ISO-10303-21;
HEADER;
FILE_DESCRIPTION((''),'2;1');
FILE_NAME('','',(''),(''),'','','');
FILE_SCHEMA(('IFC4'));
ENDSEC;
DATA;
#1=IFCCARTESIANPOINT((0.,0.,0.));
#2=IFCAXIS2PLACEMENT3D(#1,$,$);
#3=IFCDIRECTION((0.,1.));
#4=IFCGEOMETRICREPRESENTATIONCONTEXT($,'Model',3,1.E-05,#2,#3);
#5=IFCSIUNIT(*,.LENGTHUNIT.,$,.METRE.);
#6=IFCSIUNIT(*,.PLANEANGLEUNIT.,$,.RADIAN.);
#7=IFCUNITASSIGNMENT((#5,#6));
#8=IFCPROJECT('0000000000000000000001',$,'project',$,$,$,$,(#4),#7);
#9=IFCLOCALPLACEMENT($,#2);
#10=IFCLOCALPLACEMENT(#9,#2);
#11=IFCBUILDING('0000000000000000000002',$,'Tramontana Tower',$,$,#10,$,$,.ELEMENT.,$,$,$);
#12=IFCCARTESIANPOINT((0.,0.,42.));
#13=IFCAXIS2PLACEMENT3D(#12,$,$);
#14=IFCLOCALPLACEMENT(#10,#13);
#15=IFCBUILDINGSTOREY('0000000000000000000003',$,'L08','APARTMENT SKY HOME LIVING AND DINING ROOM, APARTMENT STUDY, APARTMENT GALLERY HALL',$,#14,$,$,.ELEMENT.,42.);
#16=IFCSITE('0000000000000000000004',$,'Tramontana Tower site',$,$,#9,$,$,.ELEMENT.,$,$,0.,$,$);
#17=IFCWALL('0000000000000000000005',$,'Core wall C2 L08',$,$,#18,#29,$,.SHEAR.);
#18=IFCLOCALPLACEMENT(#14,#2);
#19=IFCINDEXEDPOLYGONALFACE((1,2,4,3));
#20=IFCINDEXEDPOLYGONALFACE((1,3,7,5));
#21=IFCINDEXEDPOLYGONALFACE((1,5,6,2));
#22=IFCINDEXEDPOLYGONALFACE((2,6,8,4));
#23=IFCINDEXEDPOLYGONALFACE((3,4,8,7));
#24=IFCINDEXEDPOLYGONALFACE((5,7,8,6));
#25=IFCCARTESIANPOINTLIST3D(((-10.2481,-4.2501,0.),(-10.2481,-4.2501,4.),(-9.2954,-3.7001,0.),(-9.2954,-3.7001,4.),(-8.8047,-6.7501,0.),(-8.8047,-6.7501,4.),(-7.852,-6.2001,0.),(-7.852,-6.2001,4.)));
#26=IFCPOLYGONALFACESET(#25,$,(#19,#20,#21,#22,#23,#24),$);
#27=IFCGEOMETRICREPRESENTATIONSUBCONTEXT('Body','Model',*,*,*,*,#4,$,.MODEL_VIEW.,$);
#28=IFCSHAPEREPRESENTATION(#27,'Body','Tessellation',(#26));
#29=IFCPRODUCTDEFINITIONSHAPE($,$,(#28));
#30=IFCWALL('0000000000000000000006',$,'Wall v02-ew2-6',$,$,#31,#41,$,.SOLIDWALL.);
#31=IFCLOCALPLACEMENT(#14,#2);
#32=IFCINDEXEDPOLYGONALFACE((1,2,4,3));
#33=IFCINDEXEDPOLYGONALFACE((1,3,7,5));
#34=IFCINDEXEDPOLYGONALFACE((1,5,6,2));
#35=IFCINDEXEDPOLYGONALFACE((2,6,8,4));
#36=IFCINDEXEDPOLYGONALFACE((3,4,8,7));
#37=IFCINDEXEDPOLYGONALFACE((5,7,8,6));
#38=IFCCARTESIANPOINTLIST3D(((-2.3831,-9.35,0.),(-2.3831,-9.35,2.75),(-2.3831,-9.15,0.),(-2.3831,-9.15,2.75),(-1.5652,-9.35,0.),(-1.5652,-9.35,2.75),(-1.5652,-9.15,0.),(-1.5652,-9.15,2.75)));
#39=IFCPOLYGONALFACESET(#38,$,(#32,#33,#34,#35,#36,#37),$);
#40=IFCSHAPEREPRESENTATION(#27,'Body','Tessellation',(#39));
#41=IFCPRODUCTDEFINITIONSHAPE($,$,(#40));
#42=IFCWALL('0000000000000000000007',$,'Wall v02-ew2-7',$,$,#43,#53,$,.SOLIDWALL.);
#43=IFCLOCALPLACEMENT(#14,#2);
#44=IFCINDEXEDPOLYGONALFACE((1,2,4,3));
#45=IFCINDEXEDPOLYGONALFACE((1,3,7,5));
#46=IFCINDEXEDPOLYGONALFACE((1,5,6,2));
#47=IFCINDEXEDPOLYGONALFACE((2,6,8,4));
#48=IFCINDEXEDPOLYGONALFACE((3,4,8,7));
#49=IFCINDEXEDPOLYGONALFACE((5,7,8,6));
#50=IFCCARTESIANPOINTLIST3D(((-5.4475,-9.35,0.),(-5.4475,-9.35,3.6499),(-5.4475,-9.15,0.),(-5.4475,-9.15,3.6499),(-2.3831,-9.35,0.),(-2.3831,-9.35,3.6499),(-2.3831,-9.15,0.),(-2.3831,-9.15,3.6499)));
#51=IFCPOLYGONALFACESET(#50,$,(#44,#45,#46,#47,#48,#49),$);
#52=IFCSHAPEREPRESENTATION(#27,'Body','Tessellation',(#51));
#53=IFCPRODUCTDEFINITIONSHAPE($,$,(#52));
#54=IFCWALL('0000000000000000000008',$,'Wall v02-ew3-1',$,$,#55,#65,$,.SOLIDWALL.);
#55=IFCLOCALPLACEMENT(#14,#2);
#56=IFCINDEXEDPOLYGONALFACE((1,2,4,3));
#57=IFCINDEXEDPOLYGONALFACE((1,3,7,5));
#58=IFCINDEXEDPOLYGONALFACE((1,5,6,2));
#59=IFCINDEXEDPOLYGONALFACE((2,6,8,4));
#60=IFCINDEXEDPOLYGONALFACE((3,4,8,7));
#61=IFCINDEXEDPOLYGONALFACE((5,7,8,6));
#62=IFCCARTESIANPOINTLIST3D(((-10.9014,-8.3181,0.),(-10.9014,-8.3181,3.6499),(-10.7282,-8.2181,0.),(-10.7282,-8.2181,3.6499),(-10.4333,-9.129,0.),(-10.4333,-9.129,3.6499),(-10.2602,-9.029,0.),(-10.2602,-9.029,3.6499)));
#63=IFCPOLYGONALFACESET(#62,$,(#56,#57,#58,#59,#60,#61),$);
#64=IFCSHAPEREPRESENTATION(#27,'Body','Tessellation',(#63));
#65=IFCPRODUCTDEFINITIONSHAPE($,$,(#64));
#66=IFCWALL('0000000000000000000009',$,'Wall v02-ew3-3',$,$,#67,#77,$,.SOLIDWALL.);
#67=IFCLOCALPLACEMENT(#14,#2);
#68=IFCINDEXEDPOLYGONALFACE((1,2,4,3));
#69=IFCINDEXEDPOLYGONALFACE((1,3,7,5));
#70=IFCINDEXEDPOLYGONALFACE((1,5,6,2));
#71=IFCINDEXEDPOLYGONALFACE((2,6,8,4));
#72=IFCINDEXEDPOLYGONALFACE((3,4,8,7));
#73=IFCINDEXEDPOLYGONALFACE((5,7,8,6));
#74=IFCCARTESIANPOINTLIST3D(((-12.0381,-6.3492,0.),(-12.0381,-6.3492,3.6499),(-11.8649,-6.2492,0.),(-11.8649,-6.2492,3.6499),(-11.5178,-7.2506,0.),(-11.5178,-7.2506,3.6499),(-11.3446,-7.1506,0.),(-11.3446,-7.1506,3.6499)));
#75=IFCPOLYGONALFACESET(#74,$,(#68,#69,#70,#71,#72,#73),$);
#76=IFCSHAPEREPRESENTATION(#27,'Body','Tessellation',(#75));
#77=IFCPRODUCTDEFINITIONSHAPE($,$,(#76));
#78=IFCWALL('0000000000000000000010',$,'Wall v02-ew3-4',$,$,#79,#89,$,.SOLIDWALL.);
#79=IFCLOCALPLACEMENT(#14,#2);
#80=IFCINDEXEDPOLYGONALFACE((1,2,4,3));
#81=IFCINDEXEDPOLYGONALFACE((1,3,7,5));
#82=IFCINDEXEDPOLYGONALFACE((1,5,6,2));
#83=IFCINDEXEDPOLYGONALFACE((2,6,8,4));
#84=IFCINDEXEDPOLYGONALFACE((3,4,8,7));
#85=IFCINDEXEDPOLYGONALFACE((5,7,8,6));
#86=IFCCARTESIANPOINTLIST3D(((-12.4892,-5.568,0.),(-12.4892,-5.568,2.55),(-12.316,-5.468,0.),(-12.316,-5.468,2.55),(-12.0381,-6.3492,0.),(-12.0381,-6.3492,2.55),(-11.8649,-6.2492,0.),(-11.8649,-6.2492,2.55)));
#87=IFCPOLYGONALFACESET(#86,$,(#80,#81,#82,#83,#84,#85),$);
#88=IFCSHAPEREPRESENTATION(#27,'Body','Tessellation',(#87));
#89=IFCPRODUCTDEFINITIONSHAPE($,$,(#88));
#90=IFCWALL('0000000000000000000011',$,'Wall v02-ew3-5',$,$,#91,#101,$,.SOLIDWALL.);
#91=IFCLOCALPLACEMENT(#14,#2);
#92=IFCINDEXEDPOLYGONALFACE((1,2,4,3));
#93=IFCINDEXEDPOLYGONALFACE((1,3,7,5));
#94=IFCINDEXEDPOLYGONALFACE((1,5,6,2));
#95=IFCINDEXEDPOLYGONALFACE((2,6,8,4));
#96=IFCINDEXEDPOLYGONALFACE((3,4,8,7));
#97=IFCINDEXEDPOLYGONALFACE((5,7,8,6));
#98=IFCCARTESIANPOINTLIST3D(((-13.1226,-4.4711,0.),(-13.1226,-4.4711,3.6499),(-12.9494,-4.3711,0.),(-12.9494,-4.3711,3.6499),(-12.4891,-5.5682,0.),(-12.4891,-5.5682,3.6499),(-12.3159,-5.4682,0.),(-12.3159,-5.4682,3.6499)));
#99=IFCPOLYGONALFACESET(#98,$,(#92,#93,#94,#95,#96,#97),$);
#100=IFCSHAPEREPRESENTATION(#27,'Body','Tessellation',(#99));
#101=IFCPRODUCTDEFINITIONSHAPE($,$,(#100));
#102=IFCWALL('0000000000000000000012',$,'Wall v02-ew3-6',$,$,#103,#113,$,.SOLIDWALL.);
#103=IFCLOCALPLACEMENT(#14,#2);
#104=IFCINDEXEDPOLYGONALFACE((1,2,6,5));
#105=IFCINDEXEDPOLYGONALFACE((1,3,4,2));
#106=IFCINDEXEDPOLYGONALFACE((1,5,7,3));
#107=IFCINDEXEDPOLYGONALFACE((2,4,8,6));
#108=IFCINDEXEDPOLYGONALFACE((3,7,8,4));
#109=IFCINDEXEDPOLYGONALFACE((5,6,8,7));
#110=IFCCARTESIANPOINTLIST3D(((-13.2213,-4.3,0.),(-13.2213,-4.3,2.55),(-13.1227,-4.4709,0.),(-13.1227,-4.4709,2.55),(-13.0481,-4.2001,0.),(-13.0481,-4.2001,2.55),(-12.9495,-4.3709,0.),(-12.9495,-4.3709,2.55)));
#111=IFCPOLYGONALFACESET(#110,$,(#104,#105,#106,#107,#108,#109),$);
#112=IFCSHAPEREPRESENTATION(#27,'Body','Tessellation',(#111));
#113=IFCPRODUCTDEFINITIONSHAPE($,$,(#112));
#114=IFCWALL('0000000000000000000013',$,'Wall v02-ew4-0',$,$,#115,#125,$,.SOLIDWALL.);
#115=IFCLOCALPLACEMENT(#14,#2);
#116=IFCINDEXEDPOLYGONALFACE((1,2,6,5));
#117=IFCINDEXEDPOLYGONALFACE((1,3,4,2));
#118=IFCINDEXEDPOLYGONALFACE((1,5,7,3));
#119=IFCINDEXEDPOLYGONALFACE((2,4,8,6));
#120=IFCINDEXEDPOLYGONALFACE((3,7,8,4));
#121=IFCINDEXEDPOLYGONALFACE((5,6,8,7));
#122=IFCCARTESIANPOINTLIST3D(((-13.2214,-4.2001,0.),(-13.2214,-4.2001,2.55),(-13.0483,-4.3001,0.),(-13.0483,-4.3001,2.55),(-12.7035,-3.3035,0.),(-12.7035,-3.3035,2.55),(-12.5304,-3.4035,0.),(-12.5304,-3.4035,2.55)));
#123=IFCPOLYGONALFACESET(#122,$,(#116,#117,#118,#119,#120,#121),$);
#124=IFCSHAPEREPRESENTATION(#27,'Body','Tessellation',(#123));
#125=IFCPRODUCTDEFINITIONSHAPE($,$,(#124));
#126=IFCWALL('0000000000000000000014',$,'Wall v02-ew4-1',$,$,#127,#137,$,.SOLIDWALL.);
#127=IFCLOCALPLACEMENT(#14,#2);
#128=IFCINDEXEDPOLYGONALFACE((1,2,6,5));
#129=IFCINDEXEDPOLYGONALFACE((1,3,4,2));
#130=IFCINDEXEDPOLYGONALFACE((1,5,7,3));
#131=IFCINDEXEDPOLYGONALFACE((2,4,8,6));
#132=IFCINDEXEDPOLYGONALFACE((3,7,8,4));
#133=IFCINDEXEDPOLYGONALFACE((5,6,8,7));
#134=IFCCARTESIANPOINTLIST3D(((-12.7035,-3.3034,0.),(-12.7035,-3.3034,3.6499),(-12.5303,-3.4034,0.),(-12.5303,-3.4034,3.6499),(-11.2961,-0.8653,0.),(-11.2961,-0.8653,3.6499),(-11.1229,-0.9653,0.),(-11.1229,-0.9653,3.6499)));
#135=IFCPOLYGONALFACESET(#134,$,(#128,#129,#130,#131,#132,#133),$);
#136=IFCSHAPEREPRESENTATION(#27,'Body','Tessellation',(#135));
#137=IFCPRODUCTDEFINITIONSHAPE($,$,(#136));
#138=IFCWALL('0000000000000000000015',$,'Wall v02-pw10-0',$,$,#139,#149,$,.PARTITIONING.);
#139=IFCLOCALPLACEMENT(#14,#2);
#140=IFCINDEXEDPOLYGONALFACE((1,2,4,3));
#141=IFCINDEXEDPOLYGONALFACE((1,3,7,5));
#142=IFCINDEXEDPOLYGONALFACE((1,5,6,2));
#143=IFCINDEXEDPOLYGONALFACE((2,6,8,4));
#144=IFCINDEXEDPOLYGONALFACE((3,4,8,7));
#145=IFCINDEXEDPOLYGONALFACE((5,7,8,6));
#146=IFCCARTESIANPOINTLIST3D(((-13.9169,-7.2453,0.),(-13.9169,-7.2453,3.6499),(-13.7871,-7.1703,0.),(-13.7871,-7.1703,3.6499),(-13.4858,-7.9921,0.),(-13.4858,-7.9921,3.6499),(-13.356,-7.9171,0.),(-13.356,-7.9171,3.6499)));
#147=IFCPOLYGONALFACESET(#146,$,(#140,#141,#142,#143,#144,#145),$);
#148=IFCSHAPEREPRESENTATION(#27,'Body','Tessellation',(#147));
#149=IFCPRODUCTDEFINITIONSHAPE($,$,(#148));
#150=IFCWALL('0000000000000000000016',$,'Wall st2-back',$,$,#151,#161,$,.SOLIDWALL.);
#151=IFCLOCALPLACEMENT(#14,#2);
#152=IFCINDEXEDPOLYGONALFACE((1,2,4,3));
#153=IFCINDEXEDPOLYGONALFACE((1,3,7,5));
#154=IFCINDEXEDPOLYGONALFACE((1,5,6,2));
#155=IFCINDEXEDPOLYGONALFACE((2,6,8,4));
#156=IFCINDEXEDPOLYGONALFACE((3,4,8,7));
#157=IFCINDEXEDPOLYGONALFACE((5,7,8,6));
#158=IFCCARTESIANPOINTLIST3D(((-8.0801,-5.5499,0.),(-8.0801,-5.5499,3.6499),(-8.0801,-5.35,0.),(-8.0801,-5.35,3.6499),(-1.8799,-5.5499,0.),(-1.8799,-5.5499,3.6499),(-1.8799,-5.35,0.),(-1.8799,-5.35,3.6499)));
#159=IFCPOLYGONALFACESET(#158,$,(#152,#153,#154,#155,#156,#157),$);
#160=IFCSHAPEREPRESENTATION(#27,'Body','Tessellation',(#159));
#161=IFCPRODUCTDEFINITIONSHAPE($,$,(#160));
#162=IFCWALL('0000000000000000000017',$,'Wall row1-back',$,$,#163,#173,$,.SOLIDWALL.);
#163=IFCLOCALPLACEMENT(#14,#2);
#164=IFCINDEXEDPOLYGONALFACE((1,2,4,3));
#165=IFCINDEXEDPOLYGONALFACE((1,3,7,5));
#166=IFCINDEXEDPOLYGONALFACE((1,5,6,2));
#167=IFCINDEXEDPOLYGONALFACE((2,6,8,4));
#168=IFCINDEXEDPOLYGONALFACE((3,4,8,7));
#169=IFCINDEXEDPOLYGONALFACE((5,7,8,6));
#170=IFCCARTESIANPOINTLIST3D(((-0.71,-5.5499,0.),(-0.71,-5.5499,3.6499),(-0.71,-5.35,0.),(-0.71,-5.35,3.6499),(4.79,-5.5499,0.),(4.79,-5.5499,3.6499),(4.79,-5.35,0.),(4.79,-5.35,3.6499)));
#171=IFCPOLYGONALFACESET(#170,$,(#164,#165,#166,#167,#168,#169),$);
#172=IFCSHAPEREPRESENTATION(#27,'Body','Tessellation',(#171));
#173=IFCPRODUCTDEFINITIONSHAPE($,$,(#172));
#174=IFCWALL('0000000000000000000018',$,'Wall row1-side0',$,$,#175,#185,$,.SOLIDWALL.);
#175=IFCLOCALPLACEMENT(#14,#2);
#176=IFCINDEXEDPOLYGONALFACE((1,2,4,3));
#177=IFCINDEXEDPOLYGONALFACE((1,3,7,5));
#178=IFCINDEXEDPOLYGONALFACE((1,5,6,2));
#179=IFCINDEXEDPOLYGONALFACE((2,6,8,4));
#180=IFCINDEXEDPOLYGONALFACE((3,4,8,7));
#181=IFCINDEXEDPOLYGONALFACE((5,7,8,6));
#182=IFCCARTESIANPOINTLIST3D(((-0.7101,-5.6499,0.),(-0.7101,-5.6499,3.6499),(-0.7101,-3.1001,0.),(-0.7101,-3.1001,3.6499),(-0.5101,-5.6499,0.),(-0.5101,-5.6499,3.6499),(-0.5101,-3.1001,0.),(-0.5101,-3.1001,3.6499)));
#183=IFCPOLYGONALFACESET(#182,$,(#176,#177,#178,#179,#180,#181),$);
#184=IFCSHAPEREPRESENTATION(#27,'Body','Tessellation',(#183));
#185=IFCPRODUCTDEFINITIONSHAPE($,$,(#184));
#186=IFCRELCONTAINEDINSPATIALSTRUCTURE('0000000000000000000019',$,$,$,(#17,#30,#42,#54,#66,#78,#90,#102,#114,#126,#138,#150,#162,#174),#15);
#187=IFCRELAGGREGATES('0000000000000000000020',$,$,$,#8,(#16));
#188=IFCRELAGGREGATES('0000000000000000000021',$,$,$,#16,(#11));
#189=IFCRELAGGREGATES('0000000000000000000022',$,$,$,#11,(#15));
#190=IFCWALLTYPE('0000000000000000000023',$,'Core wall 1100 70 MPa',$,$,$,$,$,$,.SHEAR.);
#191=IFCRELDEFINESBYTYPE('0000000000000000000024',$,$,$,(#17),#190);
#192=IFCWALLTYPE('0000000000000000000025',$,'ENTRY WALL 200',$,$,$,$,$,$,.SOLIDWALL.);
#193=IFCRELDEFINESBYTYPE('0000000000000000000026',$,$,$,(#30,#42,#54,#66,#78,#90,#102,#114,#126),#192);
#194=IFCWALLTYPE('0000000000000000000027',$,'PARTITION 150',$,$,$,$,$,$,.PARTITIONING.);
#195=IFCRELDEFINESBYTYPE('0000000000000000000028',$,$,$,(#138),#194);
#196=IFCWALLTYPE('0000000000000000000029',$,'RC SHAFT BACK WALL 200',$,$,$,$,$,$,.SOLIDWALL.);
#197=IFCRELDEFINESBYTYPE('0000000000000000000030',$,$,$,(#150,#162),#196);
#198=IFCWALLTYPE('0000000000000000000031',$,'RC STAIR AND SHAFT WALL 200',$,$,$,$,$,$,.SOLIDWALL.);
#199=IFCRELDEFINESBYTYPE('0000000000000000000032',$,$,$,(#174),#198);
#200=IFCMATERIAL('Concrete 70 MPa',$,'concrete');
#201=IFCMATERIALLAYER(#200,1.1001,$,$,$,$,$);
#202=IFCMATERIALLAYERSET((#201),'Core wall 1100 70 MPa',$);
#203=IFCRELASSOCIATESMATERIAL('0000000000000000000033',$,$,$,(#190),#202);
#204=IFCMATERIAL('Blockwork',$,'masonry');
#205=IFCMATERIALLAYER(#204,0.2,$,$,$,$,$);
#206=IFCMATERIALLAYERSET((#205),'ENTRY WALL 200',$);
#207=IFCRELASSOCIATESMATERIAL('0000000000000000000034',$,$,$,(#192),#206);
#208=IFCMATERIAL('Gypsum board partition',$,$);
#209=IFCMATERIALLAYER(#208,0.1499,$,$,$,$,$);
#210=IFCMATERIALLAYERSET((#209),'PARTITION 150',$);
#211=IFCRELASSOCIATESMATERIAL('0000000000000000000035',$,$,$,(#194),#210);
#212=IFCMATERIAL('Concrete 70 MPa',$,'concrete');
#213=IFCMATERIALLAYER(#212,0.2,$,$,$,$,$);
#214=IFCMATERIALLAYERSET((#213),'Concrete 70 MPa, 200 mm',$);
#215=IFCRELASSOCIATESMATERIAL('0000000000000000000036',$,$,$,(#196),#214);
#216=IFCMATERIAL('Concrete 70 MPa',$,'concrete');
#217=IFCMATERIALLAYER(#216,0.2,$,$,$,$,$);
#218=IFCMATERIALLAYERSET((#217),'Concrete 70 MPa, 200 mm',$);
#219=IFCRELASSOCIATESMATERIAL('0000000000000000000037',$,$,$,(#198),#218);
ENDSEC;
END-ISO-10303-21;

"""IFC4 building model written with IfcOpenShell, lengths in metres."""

from ifc_helpers import new_model, si_unit, direction, frame, frame_2d, origin, place, context, subcontext, project, spatial, rectangle, extrude, material, layer, layer_set, type_object, element, save


model = new_model("IFC4")

# Units and contexts
model_context = context("Model", 3, precision=1e-05, world=origin(), true_north=direction((0.0, 1.0)))
body_context = subcontext(model_context, "Body", "Model", "MODEL_VIEW")
ifc_project = project(units=[si_unit("LENGTHUNIT", "METRE"), si_unit("PLANEANGLEUNIT", "RADIAN")], contexts=[model_context])

# Site, building, storey
site_placement = place(None, origin())
site = spatial("IfcSite", under=ifc_project, at=site_placement, Name="Tramontana Tower site", CompositionType="ELEMENT", RefElevation=0.0)
building_placement = place(site_placement, origin())
building = spatial("IfcBuilding", under=site, at=building_placement, Name="Tramontana Tower", CompositionType="ELEMENT")
storey_placement = place(building_placement, frame((0.0, 0.0, 42.0)))
storey = spatial("IfcBuildingStorey", under=building, at=storey_placement, Name="L08", Description="APARTMENT SKY HOME LIVING AND DINING ROOM, APARTMENT STUDY, APARTMENT GALLERY HALL", CompositionType="ELEMENT", Elevation=42.0)

# Wall
ifc_material_1 = material(Name="Concrete 70 MPa", Category="concrete")
ifc_layer_1 = layer(ifc_material_1, 1.1001)
ifc_layer_set_1 = layer_set([ifc_layer_1], Name="Core wall 1100 70 MPa")
wall_type_1 = type_object("IfcWallType", Name="Core wall 1100 70 MPa", PredefinedType="SHEAR", material=ifc_layer_set_1)
wall_1_placement = place(storey_placement, frame((-9.7717, -3.9751, 0.0), z_axis=(0.0, 0.0, 1.0), x_axis=(0.499996, -0.866028, 0.0)))
element("IfcWall", 1, at=wall_1_placement, inside=storey, type_object=wall_type_1, Name="Core wall C2 L08", PredefinedType="SHEAR", context=body_context, shape_type="SweptSolid", body=[
    extrude(rectangle(XDim=2.8867, YDim=1.1001, at=frame_2d((1.4434, 0.0))), origin(), (0.0, 0.0, 1.0), 4.0),
])

# Walls
ifc_material_2 = material(Name="Blockwork", Category="masonry")
ifc_layer_2 = layer(ifc_material_2, 0.2)
ifc_layer_set_2 = layer_set([ifc_layer_2], Name="ENTRY WALL 200")
wall_type_2 = type_object("IfcWallType", Name="ENTRY WALL 200", PredefinedType="SOLIDWALL", material=ifc_layer_set_2)
wall_2_placement = place(storey_placement, frame((-1.5652, -9.25, 0.0), z_axis=(0.0, 0.0, 1.0), x_axis=(-1.0, 0.0, 0.0)))
element("IfcWall", 2, at=wall_2_placement, inside=storey, type_object=wall_type_2, Name="Wall v02-ew2-6", PredefinedType="SOLIDWALL", context=body_context, shape_type="SweptSolid", body=[
    extrude(rectangle(XDim=0.8179, YDim=0.2, at=frame_2d((0.4089, 0.0))), origin(), (0.0, 0.0, 1.0), 2.75),
])
wall_3_placement = place(storey_placement, frame((-2.3831, -9.25, 0.0), z_axis=(0.0, 0.0, 1.0), x_axis=(-1.0, 0.0, 0.0)))
element("IfcWall", 3, at=wall_3_placement, inside=storey, type_object=wall_type_2, Name="Wall v02-ew2-7", PredefinedType="SOLIDWALL", context=body_context, shape_type="SweptSolid", body=[
    extrude(rectangle(XDim=3.0645, YDim=0.2, at=frame_2d((1.5322, 0.0))), origin(), (0.0, 0.0, 1.0), 3.6499),
])
wall_4_placement = place(storey_placement, frame((-10.3467, -9.0791, 0.0), z_axis=(0.0, 0.0, 1.0), x_axis=(-0.499926, 0.866068, 0.0)))
element("IfcWall", 4, at=wall_4_placement, inside=storey, type_object=wall_type_2, Name="Wall v02-ew3-1", PredefinedType="SOLIDWALL", context=body_context, shape_type="SweptSolid", body=[
    extrude(rectangle(XDim=0.9363, YDim=0.2, at=frame_2d((0.4683, 0.0))), origin(), (0.0, 0.0, 1.0), 3.6499),
])

# Walls
wall_5_placement = place(storey_placement, frame((-11.4312, -7.2007, 0.0), z_axis=(0.0, 0.0, 1.0), x_axis=(-0.499898, 0.866084, 0.0)))
element("IfcWall", 5, at=wall_5_placement, inside=storey, type_object=wall_type_2, Name="Wall v02-ew3-3", PredefinedType="SOLIDWALL", context=body_context, shape_type="SweptSolid", body=[
    extrude(rectangle(XDim=1.0408, YDim=0.2, at=frame_2d((0.5205, 0.0))), origin(), (0.0, 0.0, 1.0), 3.6499),
])
wall_6_placement = place(storey_placement, frame((-11.9514, -6.2993, 0.0), z_axis=(0.0, 0.0, 1.0), x_axis=(-0.500097, 0.865969, 0.0)))
element("IfcWall", 6, at=wall_6_placement, inside=storey, type_object=wall_type_2, Name="Wall v02-ew3-4", PredefinedType="SOLIDWALL", context=body_context, shape_type="SweptSolid", body=[
    extrude(rectangle(XDim=0.9021, YDim=0.2, at=frame_2d((0.4512, 0.0))), origin(), (0.0, 0.0, 1.0), 2.55),
])
wall_7_placement = place(storey_placement, frame((-12.4026, -5.5181, 0.0), z_axis=(0.0, 0.0, 1.0), x_axis=(-0.500056, 0.865993, 0.0)))
element("IfcWall", 7, at=wall_7_placement, inside=storey, type_object=wall_type_2, Name="Wall v02-ew3-5", PredefinedType="SOLIDWALL", context=body_context, shape_type="SweptSolid", body=[
    extrude(rectangle(XDim=1.2668, YDim=0.2, at=frame_2d((0.6333, 0.0))), origin(), (0.0, 0.0, 1.0), 3.6499),
])
wall_8_placement = place(storey_placement, frame((-13.0361, -4.4209, 0.0), z_axis=(0.0, 0.0, 1.0), x_axis=(-0.499865, 0.866103, 0.0)))
element("IfcWall", 8, at=wall_8_placement, inside=storey, type_object=wall_type_2, Name="Wall v02-ew3-6", PredefinedType="SOLIDWALL", context=body_context, shape_type="SweptSolid", body=[
    extrude(rectangle(XDim=0.1973, YDim=0.2, at=frame_2d((0.0986, 0.0))), origin(), (0.0, 0.0, 1.0), 2.55),
])
wall_9_placement = place(storey_placement, frame((-13.1348, -4.25, 0.0), z_axis=(0.0, 0.0, 1.0), x_axis=(0.500172, 0.865926, 0.0)))
element("IfcWall", 9, at=wall_9_placement, inside=storey, type_object=wall_type_2, Name="Wall v02-ew4-0", PredefinedType="SOLIDWALL", context=body_context, shape_type="SweptSolid", body=[
    extrude(rectangle(XDim=1.0354, YDim=0.2, at=frame_2d((0.5176, 0.0))), origin(), (0.0, 0.0, 1.0), 2.55),
])
wall_10_placement = place(storey_placement, frame((-12.6169, -3.3535, 0.0), z_axis=(0.0, 0.0, 1.0), x_axis=(0.499935, 0.866063, 0.0)))
element("IfcWall", 10, at=wall_10_placement, inside=storey, type_object=wall_type_2, Name="Wall v02-ew4-1", PredefinedType="SOLIDWALL", context=body_context, shape_type="SweptSolid", body=[
    extrude(rectangle(XDim=2.8152, YDim=0.2, at=frame_2d((1.4077, 0.0))), origin(), (0.0, 0.0, 1.0), 3.6499),
])
ifc_material_3 = material(Name="Gypsum board partition")
ifc_layer_3 = layer(ifc_material_3, 0.1499)
ifc_layer_set_3 = layer_set([ifc_layer_3], Name="PARTITION 150")
wall_type_3 = type_object("IfcWallType", Name="PARTITION 150", PredefinedType="PARTITIONING", material=ifc_layer_set_3)
wall_11_placement = place(storey_placement, frame((-13.4209, -7.9546, 0.0), z_axis=(0.0, 0.0, 1.0), x_axis=(-0.499976, 0.866039, 0.0)))
element("IfcWall", 11, at=wall_11_placement, inside=storey, type_object=wall_type_3, Name="Wall v02-pw10-0", PredefinedType="PARTITIONING", context=body_context, shape_type="SweptSolid", body=[
    extrude(rectangle(XDim=0.8623, YDim=0.1499, at=frame_2d((0.4312, 0.0))), origin(), (0.0, 0.0, 1.0), 3.6499),
])

# Walls
ifc_material_4 = material(Name="Concrete 70 MPa", Category="concrete")
ifc_layer_4 = layer(ifc_material_4, 0.2)
ifc_layer_set_4 = layer_set([ifc_layer_4], Name="Concrete 70 MPa, 200 mm")
wall_type_4 = type_object("IfcWallType", Name="RC SHAFT BACK WALL 200", PredefinedType="SOLIDWALL", material=ifc_layer_set_4)
wall_12_placement = place(storey_placement, frame((-8.0801, -5.45, 0.0), z_axis=(0.0, 0.0, 1.0), x_axis=(1.0, 0.0, 0.0)))
element("IfcWall", 12, at=wall_12_placement, inside=storey, type_object=wall_type_4, Name="Wall st2-back", PredefinedType="SOLIDWALL", context=body_context, shape_type="SweptSolid", body=[
    extrude(rectangle(XDim=6.2002, YDim=0.2, at=frame_2d((3.1001, 0.0))), origin(), (0.0, 0.0, 1.0), 3.6499),
])
wall_13_placement = place(storey_placement, frame((-0.71, -5.45, 0.0), z_axis=(0.0, 0.0, 1.0), x_axis=(1.0, 0.0, 0.0)))
element("IfcWall", 13, at=wall_13_placement, inside=storey, type_object=wall_type_4, Name="Wall row1-back", PredefinedType="SOLIDWALL", context=body_context, shape_type="SweptSolid", body=[
    extrude(rectangle(XDim=5.5, YDim=0.2, at=frame_2d((2.75, 0.0))), origin(), (0.0, 0.0, 1.0), 3.6499),
])
ifc_material_5 = material(Name="Concrete 70 MPa", Category="concrete")
ifc_layer_5 = layer(ifc_material_5, 0.2)
ifc_layer_set_5 = layer_set([ifc_layer_5], Name="Concrete 70 MPa, 200 mm")
wall_type_5 = type_object("IfcWallType", Name="RC STAIR AND SHAFT WALL 200", PredefinedType="SOLIDWALL", material=ifc_layer_set_5)
wall_14_placement = place(storey_placement, frame((-0.6101, -3.1001, 0.0), z_axis=(0.0, 0.0, 1.0), x_axis=(0.0, -1.0, 0.0)))
element("IfcWall", 14, at=wall_14_placement, inside=storey, type_object=wall_type_5, Name="Wall row1-side0", PredefinedType="SOLIDWALL", context=body_context, shape_type="SweptSolid", body=[
    extrude(rectangle(XDim=2.5498, YDim=0.2, at=frame_2d((1.2749, 0.0))), origin(), (0.0, 0.0, 1.0), 3.6499),
])

save(model, "model.ifc")
